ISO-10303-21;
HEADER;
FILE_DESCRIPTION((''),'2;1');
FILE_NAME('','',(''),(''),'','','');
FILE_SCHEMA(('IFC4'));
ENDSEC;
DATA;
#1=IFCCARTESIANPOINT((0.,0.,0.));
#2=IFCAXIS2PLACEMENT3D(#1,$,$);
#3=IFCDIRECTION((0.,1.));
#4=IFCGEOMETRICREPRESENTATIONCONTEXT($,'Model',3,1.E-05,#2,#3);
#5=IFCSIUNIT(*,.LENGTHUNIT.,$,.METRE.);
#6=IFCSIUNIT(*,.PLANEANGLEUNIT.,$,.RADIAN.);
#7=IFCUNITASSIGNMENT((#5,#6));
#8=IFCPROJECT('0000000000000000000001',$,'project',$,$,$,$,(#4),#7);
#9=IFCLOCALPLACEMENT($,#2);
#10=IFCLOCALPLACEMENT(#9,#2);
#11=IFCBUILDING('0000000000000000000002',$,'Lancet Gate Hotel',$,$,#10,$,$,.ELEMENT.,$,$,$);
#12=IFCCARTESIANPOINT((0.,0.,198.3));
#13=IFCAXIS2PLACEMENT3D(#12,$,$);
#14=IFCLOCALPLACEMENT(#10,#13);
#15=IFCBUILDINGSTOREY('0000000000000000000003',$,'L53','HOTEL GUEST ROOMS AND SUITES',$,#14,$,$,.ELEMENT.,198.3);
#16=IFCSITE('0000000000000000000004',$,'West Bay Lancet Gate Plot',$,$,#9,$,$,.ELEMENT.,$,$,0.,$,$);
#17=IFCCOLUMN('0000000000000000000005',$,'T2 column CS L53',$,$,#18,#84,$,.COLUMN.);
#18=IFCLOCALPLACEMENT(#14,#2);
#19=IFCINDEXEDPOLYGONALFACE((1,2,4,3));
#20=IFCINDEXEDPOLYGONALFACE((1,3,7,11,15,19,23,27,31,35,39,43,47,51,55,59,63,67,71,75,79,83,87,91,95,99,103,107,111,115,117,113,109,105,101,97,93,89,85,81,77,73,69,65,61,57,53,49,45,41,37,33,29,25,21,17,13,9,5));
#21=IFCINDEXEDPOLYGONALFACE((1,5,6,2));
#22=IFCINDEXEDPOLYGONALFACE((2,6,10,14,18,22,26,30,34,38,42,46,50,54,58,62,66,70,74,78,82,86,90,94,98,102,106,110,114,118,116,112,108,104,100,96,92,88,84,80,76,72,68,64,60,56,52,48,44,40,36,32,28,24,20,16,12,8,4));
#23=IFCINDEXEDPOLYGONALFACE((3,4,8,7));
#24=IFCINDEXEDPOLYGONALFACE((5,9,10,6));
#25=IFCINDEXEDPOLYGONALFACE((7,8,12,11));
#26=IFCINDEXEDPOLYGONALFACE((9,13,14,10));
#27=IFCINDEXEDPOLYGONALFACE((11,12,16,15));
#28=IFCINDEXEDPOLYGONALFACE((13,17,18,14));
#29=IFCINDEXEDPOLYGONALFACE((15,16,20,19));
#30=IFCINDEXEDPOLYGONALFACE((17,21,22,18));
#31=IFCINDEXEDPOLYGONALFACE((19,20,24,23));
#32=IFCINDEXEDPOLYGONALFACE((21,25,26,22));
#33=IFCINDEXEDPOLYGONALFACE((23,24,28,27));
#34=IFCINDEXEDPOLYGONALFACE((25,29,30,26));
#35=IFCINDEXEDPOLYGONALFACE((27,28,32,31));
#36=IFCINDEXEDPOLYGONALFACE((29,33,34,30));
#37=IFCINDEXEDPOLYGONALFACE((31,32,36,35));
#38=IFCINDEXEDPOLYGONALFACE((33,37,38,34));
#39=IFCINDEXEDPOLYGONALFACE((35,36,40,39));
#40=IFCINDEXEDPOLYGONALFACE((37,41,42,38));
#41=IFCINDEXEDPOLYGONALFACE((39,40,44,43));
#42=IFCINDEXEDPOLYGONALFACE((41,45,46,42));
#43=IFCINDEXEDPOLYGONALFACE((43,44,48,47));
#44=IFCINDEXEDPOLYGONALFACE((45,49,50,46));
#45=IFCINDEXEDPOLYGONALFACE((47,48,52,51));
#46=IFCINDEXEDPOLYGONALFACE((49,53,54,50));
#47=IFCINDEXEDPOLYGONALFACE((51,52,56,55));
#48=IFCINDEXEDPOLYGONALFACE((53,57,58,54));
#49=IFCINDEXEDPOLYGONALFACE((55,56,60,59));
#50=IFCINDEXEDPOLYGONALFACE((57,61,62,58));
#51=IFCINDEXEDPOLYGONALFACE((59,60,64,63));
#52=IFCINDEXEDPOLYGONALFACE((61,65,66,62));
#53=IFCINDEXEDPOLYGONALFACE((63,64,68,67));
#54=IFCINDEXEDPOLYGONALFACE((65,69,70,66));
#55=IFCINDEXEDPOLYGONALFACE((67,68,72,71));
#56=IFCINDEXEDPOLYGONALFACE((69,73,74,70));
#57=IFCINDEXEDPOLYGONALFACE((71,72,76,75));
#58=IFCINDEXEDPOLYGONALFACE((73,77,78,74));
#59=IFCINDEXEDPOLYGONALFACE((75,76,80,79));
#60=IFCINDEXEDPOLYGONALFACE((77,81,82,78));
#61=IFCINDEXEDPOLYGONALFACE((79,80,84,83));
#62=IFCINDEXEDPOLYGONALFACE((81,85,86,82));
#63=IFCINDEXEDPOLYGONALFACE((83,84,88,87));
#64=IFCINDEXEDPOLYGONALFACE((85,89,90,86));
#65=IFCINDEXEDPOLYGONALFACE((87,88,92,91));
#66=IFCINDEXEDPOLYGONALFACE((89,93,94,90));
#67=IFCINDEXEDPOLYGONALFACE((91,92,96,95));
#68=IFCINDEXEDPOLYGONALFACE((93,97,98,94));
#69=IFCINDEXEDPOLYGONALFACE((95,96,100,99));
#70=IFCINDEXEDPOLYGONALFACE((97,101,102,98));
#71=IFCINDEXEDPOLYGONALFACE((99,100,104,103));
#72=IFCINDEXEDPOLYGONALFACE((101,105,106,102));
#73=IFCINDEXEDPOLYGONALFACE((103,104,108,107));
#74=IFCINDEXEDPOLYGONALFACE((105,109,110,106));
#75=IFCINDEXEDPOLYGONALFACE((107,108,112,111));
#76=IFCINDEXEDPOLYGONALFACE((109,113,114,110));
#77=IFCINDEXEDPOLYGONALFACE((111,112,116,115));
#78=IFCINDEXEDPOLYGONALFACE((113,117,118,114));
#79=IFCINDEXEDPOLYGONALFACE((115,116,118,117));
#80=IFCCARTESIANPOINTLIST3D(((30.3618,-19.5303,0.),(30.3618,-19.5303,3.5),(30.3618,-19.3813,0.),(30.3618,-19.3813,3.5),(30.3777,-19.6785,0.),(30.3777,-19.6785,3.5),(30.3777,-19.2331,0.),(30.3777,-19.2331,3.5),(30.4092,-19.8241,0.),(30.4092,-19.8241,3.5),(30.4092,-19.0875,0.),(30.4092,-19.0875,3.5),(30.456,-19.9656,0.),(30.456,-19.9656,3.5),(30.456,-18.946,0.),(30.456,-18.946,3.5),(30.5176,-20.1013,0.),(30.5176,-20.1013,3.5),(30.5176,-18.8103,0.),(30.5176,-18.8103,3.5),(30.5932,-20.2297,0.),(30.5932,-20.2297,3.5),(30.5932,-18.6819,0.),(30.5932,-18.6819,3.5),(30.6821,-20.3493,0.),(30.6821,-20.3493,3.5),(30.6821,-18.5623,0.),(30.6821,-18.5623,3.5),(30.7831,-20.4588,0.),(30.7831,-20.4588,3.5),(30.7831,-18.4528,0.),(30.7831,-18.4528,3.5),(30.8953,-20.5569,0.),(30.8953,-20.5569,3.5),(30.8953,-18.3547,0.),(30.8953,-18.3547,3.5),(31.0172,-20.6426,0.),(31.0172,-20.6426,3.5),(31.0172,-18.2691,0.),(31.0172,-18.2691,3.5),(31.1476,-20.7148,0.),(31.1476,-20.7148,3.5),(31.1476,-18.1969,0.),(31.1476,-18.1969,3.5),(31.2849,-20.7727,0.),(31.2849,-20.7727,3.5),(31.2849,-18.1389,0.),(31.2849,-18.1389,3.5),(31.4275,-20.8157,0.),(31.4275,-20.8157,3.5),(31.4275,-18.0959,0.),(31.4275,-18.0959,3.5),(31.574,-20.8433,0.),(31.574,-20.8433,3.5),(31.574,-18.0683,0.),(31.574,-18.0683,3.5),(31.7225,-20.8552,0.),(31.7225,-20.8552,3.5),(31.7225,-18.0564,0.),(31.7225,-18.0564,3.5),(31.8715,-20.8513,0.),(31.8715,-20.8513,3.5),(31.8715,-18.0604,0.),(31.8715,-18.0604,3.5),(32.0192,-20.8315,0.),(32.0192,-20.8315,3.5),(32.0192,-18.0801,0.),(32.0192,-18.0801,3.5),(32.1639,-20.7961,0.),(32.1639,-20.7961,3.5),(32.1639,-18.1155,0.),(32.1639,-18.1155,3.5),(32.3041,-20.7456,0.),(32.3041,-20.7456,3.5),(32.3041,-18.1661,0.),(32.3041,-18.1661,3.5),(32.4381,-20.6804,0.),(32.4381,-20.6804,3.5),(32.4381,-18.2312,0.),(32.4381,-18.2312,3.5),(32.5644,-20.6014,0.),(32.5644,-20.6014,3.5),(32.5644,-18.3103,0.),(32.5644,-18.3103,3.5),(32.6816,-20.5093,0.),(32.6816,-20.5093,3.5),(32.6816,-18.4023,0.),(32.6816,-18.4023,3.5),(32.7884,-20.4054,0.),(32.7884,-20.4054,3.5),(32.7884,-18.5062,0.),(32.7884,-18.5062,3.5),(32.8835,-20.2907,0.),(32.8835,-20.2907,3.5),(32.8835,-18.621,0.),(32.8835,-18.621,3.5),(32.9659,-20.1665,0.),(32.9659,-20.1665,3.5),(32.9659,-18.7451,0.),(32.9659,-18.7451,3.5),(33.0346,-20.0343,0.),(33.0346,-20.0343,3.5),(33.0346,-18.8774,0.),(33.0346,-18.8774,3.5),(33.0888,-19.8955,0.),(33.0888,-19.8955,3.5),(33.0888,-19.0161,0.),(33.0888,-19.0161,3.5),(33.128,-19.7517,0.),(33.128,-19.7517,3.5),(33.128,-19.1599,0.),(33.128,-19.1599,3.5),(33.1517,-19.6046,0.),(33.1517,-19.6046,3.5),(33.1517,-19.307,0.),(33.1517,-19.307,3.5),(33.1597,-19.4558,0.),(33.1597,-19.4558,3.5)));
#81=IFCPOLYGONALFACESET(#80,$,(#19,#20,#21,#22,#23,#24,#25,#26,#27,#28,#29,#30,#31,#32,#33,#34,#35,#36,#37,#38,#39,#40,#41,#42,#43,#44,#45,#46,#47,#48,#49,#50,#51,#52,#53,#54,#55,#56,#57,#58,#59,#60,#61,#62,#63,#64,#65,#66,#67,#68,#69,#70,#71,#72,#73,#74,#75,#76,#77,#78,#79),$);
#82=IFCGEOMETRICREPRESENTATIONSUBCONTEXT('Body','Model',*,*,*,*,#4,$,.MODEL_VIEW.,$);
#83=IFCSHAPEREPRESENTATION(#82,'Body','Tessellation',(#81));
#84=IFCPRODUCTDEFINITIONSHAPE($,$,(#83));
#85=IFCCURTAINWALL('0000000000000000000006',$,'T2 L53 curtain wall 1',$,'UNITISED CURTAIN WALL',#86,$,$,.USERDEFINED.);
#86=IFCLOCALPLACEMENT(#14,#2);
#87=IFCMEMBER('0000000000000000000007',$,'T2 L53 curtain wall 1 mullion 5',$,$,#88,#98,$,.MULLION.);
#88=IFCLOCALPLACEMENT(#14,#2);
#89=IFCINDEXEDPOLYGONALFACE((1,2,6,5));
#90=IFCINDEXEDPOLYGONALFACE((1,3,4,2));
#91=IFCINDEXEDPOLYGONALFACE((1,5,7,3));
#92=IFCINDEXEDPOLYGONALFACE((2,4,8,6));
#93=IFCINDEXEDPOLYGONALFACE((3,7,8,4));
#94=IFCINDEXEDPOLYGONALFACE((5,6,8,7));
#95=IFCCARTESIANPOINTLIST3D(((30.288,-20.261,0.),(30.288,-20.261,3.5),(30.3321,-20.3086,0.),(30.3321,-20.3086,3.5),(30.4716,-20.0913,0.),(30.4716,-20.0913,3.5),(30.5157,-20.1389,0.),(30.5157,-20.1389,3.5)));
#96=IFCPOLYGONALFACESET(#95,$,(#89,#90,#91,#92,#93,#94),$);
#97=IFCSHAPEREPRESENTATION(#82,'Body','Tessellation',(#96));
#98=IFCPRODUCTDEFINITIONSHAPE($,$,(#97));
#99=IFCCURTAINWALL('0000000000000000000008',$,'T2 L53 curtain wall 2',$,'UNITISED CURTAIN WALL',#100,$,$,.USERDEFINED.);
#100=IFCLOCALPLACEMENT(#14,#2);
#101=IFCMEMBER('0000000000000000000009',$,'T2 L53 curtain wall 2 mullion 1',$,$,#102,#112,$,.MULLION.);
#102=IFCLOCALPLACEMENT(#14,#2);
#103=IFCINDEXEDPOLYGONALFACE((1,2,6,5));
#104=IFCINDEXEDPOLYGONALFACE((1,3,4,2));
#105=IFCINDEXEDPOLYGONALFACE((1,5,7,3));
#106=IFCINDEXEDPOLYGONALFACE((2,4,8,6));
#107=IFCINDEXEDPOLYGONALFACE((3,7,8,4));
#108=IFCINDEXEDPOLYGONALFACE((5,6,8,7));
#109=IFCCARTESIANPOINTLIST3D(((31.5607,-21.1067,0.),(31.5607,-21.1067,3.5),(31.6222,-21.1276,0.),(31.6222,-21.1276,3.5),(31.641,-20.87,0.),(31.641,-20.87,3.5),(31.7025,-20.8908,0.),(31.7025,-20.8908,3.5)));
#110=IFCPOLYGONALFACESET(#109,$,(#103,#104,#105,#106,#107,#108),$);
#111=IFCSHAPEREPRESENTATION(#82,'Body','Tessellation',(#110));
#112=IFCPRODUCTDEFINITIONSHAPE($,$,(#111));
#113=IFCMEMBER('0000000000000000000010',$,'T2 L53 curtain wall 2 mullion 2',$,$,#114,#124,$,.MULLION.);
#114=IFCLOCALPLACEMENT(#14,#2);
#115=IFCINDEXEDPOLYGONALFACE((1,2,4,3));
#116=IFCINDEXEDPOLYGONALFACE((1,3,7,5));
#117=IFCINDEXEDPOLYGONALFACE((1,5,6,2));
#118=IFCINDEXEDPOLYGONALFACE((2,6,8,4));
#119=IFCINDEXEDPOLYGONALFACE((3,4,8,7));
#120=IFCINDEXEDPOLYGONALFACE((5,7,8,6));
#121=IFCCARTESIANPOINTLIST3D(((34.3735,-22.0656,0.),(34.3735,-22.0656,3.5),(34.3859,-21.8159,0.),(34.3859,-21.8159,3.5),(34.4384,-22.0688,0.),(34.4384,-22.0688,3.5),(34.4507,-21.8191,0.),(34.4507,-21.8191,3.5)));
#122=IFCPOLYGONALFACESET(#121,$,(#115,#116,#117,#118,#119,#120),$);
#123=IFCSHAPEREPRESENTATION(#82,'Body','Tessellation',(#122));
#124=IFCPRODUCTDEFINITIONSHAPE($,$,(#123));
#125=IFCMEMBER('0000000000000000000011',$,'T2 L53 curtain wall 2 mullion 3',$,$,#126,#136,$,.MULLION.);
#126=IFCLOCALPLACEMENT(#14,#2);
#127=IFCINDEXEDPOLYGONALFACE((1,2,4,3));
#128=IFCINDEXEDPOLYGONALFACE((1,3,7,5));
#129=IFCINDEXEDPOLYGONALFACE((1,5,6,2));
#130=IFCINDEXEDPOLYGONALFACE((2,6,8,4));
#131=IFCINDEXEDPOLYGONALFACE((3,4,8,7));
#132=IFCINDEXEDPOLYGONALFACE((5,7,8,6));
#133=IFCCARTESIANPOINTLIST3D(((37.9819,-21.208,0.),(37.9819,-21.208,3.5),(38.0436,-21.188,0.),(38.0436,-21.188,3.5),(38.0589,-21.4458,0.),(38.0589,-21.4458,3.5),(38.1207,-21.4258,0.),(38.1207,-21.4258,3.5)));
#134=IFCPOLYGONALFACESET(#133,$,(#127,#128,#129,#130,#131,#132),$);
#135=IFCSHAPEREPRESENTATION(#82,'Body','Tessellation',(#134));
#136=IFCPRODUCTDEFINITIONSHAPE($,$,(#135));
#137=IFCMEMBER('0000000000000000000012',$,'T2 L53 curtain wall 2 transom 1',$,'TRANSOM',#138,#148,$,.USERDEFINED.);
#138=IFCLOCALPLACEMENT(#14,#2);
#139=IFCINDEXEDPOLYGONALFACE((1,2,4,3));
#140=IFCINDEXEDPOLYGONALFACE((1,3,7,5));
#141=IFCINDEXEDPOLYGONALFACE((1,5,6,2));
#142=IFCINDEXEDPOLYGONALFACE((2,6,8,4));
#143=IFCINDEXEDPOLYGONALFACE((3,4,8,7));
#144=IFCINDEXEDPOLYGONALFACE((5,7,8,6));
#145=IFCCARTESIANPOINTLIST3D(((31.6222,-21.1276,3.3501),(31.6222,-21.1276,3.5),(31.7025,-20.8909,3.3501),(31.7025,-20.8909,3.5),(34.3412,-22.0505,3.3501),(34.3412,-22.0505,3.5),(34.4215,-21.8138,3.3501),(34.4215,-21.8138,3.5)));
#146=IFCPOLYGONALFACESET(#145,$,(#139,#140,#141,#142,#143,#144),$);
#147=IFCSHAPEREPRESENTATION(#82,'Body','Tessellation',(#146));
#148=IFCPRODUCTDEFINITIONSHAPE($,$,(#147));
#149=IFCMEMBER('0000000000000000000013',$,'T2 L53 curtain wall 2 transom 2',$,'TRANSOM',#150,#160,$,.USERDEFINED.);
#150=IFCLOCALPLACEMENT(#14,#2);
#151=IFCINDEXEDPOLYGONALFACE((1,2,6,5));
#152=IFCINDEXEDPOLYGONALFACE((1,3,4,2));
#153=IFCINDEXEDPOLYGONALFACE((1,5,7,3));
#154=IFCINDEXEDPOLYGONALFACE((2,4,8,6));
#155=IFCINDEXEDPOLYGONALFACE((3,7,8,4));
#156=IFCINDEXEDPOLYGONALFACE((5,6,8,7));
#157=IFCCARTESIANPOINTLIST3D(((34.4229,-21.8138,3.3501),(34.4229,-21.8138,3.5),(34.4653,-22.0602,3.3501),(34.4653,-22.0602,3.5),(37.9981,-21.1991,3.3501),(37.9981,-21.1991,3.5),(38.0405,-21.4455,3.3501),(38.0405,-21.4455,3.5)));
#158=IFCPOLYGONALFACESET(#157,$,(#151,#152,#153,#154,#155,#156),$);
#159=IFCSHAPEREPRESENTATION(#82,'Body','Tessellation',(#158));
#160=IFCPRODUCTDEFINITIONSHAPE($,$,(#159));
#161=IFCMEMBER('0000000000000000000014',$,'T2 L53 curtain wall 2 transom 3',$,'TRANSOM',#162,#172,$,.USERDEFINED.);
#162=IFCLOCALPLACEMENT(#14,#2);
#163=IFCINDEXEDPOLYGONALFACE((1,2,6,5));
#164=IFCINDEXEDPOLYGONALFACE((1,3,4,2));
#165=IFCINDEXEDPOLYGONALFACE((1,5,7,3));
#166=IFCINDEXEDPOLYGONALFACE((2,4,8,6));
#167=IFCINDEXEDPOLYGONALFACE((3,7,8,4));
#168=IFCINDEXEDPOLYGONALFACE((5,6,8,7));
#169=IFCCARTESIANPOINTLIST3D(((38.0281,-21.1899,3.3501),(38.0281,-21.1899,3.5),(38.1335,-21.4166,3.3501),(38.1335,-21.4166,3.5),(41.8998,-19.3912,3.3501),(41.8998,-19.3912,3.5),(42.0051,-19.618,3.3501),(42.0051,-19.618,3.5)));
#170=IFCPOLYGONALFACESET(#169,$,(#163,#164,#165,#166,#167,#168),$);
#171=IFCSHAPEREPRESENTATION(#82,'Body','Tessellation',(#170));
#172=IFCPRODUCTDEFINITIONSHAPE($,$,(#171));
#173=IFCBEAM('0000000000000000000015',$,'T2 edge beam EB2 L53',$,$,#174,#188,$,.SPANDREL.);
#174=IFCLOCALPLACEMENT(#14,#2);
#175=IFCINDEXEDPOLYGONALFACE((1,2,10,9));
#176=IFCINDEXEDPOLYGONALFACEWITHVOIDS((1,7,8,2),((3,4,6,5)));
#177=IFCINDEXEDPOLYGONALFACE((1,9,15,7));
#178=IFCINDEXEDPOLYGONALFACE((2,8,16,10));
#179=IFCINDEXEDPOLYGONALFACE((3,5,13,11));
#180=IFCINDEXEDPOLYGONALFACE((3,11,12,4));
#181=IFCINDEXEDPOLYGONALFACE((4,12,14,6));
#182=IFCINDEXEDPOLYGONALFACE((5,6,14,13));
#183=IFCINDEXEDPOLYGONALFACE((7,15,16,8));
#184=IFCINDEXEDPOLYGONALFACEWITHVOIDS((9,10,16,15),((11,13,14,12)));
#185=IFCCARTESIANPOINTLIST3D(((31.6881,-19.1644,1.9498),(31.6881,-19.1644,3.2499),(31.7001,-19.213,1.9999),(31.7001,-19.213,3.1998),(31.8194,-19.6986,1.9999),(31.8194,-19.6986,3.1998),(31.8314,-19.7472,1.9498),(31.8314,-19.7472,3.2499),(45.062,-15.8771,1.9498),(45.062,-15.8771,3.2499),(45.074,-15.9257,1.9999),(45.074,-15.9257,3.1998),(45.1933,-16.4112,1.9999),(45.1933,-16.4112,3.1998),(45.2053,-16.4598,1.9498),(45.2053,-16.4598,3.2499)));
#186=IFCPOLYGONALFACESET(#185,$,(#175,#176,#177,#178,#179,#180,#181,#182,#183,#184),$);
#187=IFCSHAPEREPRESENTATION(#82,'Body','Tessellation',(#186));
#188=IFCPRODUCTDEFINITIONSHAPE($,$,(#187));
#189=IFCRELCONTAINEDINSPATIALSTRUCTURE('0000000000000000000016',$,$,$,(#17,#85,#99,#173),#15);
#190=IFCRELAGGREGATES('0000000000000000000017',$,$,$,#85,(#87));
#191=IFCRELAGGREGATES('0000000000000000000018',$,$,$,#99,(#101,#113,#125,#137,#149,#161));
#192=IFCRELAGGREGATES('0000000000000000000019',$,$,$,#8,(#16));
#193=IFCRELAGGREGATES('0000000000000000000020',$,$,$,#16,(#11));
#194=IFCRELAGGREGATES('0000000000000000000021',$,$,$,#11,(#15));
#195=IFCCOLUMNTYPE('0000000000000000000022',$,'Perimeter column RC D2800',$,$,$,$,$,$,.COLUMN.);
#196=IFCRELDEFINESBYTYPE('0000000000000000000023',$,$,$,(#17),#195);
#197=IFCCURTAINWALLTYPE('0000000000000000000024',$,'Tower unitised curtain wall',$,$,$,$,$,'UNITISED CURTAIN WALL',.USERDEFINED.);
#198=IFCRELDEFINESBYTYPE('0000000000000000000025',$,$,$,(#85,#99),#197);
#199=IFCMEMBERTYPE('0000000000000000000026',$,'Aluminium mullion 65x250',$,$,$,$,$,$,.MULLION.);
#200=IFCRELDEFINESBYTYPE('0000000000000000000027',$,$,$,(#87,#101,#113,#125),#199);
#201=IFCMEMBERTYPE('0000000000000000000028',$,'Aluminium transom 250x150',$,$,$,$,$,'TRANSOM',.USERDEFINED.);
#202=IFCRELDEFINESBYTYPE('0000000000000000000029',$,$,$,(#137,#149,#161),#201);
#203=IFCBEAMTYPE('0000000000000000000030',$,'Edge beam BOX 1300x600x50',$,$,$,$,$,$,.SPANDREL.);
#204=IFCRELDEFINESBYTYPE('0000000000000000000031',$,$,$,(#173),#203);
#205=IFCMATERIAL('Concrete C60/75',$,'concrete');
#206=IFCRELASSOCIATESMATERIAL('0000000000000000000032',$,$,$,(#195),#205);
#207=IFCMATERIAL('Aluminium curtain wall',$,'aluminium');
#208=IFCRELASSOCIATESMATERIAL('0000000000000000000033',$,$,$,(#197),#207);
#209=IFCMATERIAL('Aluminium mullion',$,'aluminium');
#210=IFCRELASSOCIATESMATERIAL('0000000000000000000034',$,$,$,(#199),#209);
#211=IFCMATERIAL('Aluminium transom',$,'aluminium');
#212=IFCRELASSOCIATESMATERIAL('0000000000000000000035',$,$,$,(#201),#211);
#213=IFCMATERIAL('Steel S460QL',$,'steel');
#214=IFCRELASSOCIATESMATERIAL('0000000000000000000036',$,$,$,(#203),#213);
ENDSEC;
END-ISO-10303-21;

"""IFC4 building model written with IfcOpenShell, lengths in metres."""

from ifc_helpers import new_model, si_unit, direction, frame, origin, origin_2d, place, context, subcontext, project, spatial, rectangle, hollow_rectangle, circle, extrude, material, material_profile, profile_set, type_object, element, aggregate, save


model = new_model("IFC4")

# Units and contexts
model_context = context("Model", 3, precision=1e-05, world=origin(), true_north=direction((0.0, 1.0)))
body_context = subcontext(model_context, "Body", "Model", "MODEL_VIEW")
ifc_project = project(units=[si_unit("LENGTHUNIT", "METRE"), si_unit("PLANEANGLEUNIT", "RADIAN")], contexts=[model_context])

# Site, building, storey
site_placement = place(None, origin())
site = spatial("IfcSite", under=ifc_project, at=site_placement, Name="West Bay Lancet Gate Plot", CompositionType="ELEMENT", RefElevation=0.0)
building_placement = place(site_placement, origin())
building = spatial("IfcBuilding", under=site, at=building_placement, Name="Lancet Gate Hotel", CompositionType="ELEMENT")
storey_placement = place(building_placement, frame((0.0, 0.0, 198.3)))
storey = spatial("IfcBuildingStorey", under=building, at=storey_placement, Name="L53", Description="HOTEL GUEST ROOMS AND SUITES", CompositionType="ELEMENT", Elevation=198.3)

# Column
ifc_material_1 = material(Name="Concrete C60/75", Category="concrete")
ifc_material_profile_1 = material_profile(ifc_material_1, circle(Radius=1.3999, at=origin_2d()), Name="RC D2800")
ifc_profile_set_1 = profile_set([ifc_material_profile_1], Name="Concrete C60/75")
column_type = type_object("IfcColumnType", Name="Perimeter column RC D2800", PredefinedType="COLUMN", material=ifc_profile_set_1)
column_placement = place(storey_placement, frame((31.7598, -19.4558, 0.0), z_axis=(0.0, 0.0, 1.0), x_axis=(1.0, 0.0, 0.0)))
element("IfcColumn", 1, at=column_placement, inside=storey, type_object=column_type, Name="T2 column CS L53", PredefinedType="COLUMN", context=body_context, shape_type="SweptSolid", body=[
    extrude(circle(Radius=1.3999, at=origin_2d()), origin(), (0.0, 0.0, 1.0), 3.5),
])

# Curtain wall, member
ifc_material_2 = material(Name="Aluminium curtain wall", Category="aluminium")
curtain_wall_type = type_object("IfcCurtainWallType", Name="Tower unitised curtain wall", ElementType="UNITISED CURTAIN WALL", PredefinedType="USERDEFINED", material=ifc_material_2)
curtain_wall_1_placement = place(storey_placement, origin())
curtain_wall_1 = element("IfcCurtainWall", 2, at=curtain_wall_1_placement, inside=storey, type_object=curtain_wall_type, Name="T2 L53 curtain wall 1", ObjectType="UNITISED CURTAIN WALL", PredefinedType="USERDEFINED")
ifc_material_3 = material(Name="Aluminium mullion", Category="aluminium")
ifc_material_profile_2 = material_profile(ifc_material_3, rectangle(XDim=0.0649, YDim=0.25, at=origin_2d()), Name="MULLION 65x250")
ifc_profile_set_2 = profile_set([ifc_material_profile_2], Name="Aluminium mullion")
member_type_1 = type_object("IfcMemberType", Name="Aluminium mullion 65x250", PredefinedType="MULLION", material=ifc_profile_set_2)
member_1_placement = place(storey_placement, frame((30.4019, -20.2, 0.0), z_axis=(0.0, 0.0, 1.0), x_axis=(0.678831, -0.734294, 0.0)))
member_1 = element("IfcMember", 3, at=member_1_placement, type_object=member_type_1, Name="T2 L53 curtain wall 1 mullion 5", PredefinedType="MULLION", context=body_context, shape_type="SweptSolid", body=[
    extrude(rectangle(XDim=0.0649, YDim=0.25, at=origin_2d()), origin(), (0.0, 0.0, 1.0), 3.5),
])
aggregate(curtain_wall_1, [member_1])

# Curtain wall, members
curtain_wall_2_placement = place(storey_placement, origin())
curtain_wall_2 = element("IfcCurtainWall", 4, at=curtain_wall_2_placement, inside=storey, type_object=curtain_wall_type, Name="T2 L53 curtain wall 2", ObjectType="UNITISED CURTAIN WALL", PredefinedType="USERDEFINED")
member_2_placement = place(storey_placement, frame((31.6316, -20.9988, 0.0), z_axis=(0.0, 0.0, 1.0), x_axis=(0.946952, -0.321374, 0.0)))
member_2 = element("IfcMember", 5, at=member_2_placement, type_object=member_type_1, Name="T2 L53 curtain wall 2 mullion 1", PredefinedType="MULLION", context=body_context, shape_type="SweptSolid", body=[
    extrude(rectangle(XDim=0.0649, YDim=0.25, at=origin_2d()), origin(), (0.0, 0.0, 1.0), 3.5),
])
member_3_placement = place(storey_placement, frame((34.4121, -21.9424, 0.0), z_axis=(0.0, 0.0, 1.0), x_axis=(0.998776, -0.049471, 0.0)))
member_3 = element("IfcMember", 6, at=member_3_placement, type_object=member_type_1, Name="T2 L53 curtain wall 2 mullion 2", PredefinedType="MULLION", context=body_context, shape_type="SweptSolid", body=[
    extrude(rectangle(XDim=0.0649, YDim=0.25, at=origin_2d()), origin(), (0.0, 0.0, 1.0), 3.5),
])
member_4_placement = place(storey_placement, frame((38.0513, -21.3169, 0.0), z_axis=(0.0, 0.0, 1.0), x_axis=(0.951355, 0.308095, 0.0)))
member_4 = element("IfcMember", 7, at=member_4_placement, type_object=member_type_1, Name="T2 L53 curtain wall 2 mullion 3", PredefinedType="MULLION", context=body_context, shape_type="SweptSolid", body=[
    extrude(rectangle(XDim=0.0649, YDim=0.25, at=origin_2d()), origin(), (0.0, 0.0, 1.0), 3.5),
])
ifc_material_4 = material(Name="Aluminium transom", Category="aluminium")
ifc_material_profile_3 = material_profile(ifc_material_4, rectangle(XDim=0.25, YDim=0.1499, at=origin_2d()), Name="TRANSOM 250x150")
ifc_profile_set_3 = profile_set([ifc_material_profile_3], Name="Aluminium transom")
member_type_2 = type_object("IfcMemberType", Name="Aluminium transom 250x150", ElementType="TRANSOM", PredefinedType="USERDEFINED", material=ifc_profile_set_3)
member_5_placement = place(storey_placement, frame((31.6624, -21.0093, 3.425), z_axis=(0.946943, -0.321401, 0.0), x_axis=(0.321401, 0.946943, 0.0)))
member_5 = element("IfcMember", 8, at=member_5_placement, type_object=member_type_2, Name="T2 L53 curtain wall 2 transom 1", ObjectType="TRANSOM", PredefinedType="USERDEFINED", context=body_context, shape_type="SweptSolid", body=[
    extrude(rectangle(XDim=0.25, YDim=0.1499, at=origin_2d()), origin(), (0.0, 0.0, 1.0), 2.8713),
])
member_6_placement = place(storey_placement, frame((34.4441, -21.937, 3.425), z_axis=(0.985537, 0.169461, 0.0), x_axis=(-0.169461, 0.985537, 0.0)))
member_6 = element("IfcMember", 9, at=member_6_placement, type_object=member_type_2, Name="T2 L53 curtain wall 2 transom 2", ObjectType="TRANSOM", PredefinedType="USERDEFINED", context=body_context, shape_type="SweptSolid", body=[
    extrude(rectangle(XDim=0.25, YDim=0.1499, at=origin_2d()), origin(), (0.0, 0.0, 1.0), 3.6277),
])
member_7_placement = place(storey_placement, frame((38.0808, -21.3032, 3.425), z_axis=(0.906914, 0.421316, 0.0), x_axis=(-0.421316, 0.906914, 0.0)))
member_7 = element("IfcMember", 10, at=member_7_placement, type_object=member_type_2, Name="T2 L53 curtain wall 2 transom 3", ObjectType="TRANSOM", PredefinedType="USERDEFINED", context=body_context, shape_type="SweptSolid", body=[
    extrude(rectangle(XDim=0.25, YDim=0.1499, at=origin_2d()), origin(), (0.0, 0.0, 1.0), 4.269),
])

# Beam
ifc_material_5 = material(Name="Steel S460QL", Category="steel")
ifc_material_profile_4 = material_profile(ifc_material_5, hollow_rectangle(XDim=0.6001, YDim=1.3, WallThickness=0.05, at=origin_2d()), Name="BOX 1300x600x50")
ifc_profile_set_4 = profile_set([ifc_material_profile_4], Name="Steel S460QL")
beam_type_1 = type_object("IfcBeamType", Name="Edge beam BOX 1300x600x50", PredefinedType="SPANDREL", material=ifc_profile_set_4)
beam_1_placement = place(storey_placement, frame((31.7598, -19.4558, 2.5999), z_axis=(0.971093, 0.2387, 0.0), x_axis=(-0.2387, 0.971093, 0.0)))
element("IfcBeam", 11, at=beam_1_placement, inside=storey, type_object=beam_type_1, Name="T2 edge beam EB2 L53", PredefinedType="SPANDREL", context=body_context, shape_type="SweptSolid", body=[
    extrude(hollow_rectangle(XDim=0.6001, YDim=1.3, WallThickness=0.05, at=origin_2d()), origin(), (0.0, 0.0, 1.0), 13.772),
])

aggregate(curtain_wall_2, [member_2, member_3, member_4, member_5, member_6, member_7])

save(model, "model.ifc")
